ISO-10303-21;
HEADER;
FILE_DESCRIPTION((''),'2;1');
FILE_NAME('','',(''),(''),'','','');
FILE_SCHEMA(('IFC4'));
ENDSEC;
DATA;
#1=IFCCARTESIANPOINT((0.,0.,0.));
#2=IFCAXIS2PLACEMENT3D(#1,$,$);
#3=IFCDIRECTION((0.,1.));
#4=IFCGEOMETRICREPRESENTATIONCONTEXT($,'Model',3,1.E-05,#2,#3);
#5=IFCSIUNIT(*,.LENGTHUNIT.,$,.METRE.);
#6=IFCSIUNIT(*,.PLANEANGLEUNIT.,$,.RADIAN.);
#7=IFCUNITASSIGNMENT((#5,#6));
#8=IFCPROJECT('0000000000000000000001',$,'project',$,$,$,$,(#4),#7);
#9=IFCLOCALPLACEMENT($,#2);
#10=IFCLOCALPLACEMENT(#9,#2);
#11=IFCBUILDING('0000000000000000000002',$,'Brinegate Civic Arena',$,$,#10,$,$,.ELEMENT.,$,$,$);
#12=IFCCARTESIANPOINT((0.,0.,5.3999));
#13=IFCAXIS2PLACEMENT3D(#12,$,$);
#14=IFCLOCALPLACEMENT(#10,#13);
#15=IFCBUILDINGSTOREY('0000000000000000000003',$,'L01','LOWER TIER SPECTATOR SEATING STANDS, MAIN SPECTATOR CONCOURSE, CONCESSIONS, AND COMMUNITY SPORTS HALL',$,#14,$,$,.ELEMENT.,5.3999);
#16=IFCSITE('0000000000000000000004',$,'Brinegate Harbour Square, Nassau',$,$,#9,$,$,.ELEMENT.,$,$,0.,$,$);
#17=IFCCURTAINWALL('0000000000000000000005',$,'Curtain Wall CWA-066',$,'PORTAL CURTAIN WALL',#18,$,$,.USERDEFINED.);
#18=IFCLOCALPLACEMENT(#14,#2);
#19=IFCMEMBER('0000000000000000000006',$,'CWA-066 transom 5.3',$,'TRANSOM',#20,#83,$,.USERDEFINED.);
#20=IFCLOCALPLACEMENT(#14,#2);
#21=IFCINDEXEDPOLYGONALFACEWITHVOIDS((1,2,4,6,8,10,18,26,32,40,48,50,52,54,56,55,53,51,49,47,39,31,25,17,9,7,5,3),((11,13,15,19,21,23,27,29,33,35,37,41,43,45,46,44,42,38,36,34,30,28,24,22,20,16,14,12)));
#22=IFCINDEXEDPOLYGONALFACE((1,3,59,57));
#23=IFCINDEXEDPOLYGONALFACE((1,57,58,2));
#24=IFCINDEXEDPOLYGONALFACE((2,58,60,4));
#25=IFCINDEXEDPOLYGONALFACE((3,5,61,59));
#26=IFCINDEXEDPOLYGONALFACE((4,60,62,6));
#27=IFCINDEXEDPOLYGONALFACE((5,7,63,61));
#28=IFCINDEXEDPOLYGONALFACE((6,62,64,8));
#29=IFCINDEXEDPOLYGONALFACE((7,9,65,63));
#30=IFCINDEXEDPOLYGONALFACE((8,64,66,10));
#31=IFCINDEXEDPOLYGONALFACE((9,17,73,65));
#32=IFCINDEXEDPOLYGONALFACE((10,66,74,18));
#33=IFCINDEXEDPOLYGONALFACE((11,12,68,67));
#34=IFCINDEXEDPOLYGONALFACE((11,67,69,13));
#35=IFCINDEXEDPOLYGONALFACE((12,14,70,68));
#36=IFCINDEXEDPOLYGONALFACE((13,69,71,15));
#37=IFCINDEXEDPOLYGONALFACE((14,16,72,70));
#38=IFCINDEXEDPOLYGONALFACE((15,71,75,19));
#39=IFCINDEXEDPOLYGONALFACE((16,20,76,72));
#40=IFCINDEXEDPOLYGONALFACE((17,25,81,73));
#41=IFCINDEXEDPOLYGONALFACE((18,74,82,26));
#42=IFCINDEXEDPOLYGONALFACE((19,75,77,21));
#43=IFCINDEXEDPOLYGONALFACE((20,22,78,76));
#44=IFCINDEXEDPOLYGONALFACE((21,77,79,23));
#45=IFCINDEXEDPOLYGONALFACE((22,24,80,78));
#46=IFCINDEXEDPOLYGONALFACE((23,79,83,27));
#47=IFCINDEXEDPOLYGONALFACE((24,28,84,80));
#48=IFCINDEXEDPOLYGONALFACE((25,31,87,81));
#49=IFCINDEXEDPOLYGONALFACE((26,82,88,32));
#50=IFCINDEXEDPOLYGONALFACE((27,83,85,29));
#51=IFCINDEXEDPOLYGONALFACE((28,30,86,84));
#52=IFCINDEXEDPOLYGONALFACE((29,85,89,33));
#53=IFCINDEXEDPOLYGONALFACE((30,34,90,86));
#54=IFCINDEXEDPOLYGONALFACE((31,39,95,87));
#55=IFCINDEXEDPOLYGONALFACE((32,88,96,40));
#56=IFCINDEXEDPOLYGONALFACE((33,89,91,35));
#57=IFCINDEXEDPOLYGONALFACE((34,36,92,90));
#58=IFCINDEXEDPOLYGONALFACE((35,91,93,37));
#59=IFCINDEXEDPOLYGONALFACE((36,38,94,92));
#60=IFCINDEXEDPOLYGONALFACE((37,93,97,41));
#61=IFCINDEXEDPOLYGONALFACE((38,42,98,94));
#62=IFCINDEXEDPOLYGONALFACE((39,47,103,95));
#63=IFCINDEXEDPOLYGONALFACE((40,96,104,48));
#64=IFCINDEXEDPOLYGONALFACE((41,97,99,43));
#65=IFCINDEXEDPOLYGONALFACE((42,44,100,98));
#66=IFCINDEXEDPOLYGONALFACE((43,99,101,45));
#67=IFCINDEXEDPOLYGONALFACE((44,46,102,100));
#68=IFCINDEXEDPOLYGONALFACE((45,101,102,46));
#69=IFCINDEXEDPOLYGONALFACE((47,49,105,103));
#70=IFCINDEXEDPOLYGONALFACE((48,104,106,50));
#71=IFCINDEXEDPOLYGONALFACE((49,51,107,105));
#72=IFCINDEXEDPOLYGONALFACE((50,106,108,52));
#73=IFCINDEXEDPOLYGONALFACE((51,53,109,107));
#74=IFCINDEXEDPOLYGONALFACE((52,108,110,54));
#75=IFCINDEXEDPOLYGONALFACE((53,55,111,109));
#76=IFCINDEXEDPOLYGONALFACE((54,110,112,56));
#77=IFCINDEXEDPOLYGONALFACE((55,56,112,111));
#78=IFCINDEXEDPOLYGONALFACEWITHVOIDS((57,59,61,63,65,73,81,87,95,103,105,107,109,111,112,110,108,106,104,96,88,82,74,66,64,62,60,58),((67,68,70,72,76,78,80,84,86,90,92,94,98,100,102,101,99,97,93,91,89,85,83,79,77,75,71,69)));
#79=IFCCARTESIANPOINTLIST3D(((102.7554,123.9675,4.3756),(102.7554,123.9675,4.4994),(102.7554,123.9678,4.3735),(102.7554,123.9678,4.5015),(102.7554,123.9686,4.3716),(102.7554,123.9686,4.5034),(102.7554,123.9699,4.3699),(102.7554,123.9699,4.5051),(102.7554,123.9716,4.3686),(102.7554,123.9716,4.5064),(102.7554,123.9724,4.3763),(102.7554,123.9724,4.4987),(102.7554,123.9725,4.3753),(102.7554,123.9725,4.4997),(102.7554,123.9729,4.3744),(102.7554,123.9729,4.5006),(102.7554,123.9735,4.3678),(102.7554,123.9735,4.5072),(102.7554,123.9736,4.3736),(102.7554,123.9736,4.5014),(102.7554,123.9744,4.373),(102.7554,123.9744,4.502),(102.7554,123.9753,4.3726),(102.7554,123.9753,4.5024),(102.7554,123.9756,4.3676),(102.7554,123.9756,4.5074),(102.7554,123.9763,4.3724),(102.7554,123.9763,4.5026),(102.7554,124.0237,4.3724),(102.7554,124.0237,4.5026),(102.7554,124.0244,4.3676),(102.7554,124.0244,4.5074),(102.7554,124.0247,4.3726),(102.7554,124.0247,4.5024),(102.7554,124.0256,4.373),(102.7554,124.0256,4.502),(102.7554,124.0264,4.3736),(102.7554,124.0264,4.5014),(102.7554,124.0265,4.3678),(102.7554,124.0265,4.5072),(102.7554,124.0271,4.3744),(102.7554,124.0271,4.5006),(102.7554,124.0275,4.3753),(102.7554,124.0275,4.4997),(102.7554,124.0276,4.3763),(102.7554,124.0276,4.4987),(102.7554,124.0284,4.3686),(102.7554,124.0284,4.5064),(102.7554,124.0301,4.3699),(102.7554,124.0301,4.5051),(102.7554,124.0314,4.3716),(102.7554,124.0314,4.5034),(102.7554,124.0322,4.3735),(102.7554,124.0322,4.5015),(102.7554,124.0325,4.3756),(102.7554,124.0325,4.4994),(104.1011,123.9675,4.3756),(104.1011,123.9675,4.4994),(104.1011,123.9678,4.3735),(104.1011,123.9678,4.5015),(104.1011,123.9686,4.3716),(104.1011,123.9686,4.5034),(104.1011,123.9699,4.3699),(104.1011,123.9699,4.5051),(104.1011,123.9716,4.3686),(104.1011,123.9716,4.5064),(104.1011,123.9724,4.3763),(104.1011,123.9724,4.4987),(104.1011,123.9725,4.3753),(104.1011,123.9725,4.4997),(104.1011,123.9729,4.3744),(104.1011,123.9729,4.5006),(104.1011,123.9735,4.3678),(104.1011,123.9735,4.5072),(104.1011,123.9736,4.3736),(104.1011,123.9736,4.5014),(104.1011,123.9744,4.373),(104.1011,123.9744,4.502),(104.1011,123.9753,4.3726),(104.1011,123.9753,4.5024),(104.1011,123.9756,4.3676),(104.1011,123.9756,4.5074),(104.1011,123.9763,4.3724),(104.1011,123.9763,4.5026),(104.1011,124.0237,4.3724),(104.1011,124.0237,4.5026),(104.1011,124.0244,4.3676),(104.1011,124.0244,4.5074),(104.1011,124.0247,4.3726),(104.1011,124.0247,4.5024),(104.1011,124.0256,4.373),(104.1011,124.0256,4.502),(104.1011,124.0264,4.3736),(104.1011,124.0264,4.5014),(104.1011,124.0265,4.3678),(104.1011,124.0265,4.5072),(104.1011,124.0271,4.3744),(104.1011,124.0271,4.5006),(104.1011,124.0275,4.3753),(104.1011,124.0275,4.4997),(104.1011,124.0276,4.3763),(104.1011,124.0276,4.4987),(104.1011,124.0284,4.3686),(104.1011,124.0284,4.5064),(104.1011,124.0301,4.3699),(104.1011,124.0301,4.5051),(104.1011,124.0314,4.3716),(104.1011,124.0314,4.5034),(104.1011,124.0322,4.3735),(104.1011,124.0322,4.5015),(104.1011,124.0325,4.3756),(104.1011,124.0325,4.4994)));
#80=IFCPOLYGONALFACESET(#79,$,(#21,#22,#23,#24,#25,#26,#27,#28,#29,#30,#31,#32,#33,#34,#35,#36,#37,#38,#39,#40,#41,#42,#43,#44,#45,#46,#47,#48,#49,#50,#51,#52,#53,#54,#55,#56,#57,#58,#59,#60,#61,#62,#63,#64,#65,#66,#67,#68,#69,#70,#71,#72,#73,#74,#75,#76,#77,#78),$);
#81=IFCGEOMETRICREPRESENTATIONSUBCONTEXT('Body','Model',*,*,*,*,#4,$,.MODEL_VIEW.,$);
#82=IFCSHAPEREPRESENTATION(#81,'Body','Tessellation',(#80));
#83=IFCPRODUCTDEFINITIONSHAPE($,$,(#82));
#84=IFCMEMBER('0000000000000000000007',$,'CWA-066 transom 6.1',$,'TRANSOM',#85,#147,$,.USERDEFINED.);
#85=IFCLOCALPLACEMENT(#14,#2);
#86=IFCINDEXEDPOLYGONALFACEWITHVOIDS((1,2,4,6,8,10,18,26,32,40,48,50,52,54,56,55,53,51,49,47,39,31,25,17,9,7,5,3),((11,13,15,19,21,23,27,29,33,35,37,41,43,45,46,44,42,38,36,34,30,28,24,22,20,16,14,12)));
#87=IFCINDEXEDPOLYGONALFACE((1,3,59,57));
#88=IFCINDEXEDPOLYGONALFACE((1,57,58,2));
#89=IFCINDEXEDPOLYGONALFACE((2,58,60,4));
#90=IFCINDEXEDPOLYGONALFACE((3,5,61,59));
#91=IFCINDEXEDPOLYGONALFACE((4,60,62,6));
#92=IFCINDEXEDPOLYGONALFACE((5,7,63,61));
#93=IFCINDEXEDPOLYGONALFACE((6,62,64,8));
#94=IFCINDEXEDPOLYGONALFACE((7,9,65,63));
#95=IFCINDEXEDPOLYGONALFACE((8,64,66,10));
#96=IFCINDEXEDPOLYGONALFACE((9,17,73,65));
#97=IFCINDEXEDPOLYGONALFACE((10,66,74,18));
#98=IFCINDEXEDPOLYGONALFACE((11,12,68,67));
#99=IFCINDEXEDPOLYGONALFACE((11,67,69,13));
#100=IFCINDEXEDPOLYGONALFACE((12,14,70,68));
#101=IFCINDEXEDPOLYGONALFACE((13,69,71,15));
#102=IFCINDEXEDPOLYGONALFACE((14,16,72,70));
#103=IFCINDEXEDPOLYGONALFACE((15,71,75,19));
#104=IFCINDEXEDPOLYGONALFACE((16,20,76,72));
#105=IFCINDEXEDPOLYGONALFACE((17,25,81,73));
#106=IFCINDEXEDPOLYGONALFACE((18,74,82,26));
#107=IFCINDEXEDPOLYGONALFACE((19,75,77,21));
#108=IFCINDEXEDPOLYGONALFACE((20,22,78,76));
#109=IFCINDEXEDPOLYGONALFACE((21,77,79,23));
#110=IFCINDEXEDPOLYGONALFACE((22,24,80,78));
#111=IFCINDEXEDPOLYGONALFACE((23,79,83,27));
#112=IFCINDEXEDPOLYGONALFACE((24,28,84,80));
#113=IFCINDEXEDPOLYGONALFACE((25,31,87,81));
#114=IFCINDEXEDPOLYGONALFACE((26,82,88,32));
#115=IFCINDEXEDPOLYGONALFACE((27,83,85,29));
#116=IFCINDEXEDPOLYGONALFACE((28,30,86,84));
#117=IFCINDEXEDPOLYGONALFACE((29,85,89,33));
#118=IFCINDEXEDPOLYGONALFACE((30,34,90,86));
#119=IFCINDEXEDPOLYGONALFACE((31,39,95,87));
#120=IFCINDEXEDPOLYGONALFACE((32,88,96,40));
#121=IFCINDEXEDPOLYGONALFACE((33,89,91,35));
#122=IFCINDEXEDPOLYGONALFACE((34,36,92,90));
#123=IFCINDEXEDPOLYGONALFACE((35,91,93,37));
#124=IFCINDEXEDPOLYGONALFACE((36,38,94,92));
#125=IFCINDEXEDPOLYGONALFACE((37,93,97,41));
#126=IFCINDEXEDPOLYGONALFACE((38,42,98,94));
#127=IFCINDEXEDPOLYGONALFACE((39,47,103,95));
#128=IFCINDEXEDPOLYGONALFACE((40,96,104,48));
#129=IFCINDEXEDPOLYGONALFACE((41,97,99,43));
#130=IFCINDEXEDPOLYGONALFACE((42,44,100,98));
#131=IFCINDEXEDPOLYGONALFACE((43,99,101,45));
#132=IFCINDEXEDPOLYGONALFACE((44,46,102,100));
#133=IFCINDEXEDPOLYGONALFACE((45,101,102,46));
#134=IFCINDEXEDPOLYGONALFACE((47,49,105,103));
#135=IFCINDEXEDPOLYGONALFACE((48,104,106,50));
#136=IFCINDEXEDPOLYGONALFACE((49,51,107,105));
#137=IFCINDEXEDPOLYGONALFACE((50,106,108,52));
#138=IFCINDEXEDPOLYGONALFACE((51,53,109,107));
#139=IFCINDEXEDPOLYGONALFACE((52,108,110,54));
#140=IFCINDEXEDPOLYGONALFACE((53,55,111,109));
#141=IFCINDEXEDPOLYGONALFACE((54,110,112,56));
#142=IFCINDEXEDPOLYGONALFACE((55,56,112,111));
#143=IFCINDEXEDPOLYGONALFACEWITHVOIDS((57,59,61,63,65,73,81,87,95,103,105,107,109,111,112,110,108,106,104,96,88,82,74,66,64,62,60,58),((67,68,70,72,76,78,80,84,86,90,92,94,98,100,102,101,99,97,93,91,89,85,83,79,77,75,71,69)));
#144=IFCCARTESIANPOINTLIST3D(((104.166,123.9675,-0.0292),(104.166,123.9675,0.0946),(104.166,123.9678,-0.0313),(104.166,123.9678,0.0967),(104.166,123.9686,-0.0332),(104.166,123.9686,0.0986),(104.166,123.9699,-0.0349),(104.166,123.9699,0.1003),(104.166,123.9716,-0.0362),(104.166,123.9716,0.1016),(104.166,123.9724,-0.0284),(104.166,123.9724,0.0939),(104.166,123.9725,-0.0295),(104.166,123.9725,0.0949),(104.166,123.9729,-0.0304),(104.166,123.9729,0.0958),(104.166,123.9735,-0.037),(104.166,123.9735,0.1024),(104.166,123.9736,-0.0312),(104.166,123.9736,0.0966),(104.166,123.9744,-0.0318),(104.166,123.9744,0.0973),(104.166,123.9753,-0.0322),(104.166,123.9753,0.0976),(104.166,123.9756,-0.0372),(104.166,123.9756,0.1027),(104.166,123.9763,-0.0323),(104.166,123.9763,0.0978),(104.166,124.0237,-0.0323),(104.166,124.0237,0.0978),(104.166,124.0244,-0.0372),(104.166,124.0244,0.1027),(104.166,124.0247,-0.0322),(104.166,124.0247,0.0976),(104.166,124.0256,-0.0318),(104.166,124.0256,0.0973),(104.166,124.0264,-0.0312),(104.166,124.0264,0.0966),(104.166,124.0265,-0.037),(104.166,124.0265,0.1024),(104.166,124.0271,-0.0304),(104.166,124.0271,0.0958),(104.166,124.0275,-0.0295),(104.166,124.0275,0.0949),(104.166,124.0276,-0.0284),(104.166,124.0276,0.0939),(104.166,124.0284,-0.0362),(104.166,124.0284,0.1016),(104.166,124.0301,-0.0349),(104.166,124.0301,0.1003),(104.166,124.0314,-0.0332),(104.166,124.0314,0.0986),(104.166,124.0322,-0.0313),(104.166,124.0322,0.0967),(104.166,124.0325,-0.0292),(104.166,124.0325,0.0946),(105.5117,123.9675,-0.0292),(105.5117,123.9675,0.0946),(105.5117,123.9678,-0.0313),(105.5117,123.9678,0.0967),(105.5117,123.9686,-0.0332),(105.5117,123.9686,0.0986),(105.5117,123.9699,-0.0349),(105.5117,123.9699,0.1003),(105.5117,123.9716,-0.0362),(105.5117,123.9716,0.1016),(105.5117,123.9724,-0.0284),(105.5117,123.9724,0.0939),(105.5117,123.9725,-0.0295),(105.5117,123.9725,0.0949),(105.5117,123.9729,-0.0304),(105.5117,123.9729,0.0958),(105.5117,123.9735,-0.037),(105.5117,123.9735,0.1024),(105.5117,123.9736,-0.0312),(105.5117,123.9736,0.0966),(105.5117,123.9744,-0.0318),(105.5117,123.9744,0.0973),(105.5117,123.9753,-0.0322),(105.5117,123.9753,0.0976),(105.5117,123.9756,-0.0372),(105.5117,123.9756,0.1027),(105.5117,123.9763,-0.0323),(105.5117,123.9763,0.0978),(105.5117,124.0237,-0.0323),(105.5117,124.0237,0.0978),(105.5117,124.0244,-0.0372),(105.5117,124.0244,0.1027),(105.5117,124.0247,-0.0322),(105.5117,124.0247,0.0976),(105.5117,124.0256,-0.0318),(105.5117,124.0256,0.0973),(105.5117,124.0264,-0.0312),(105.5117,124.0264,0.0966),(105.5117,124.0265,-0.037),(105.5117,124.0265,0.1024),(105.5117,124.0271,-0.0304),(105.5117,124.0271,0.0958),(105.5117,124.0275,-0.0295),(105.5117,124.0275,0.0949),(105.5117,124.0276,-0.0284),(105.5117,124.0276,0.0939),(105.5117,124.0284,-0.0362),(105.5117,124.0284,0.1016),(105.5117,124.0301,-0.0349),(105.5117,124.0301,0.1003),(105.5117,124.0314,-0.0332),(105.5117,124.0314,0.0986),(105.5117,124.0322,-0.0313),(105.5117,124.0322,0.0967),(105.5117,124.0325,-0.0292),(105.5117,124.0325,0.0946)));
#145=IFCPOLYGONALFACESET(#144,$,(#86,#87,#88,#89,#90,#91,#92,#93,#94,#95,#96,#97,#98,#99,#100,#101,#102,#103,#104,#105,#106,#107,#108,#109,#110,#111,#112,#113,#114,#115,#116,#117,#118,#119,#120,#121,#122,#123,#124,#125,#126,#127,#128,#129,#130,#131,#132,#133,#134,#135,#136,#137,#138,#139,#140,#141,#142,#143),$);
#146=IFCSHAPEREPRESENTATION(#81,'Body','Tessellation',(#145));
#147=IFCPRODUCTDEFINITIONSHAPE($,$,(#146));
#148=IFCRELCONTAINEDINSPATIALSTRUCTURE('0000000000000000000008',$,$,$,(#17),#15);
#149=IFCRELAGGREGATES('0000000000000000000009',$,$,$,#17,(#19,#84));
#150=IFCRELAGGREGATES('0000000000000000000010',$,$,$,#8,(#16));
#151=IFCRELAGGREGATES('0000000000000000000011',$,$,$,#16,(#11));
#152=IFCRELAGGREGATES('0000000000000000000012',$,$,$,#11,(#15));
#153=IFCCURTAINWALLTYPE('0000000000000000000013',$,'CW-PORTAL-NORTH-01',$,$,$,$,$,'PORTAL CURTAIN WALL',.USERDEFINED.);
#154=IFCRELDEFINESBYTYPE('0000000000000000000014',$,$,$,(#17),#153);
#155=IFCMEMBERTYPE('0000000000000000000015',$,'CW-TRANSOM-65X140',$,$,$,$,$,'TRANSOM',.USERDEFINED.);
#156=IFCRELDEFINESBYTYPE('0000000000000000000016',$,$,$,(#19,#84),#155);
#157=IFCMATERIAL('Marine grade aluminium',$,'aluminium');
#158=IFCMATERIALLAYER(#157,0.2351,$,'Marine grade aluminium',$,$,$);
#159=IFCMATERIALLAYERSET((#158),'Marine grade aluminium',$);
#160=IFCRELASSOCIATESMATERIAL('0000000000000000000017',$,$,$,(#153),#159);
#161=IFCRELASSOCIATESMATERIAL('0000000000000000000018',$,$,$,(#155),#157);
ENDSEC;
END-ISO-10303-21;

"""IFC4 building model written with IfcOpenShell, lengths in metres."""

from ifc_helpers import new_model, si_unit, direction, frame, origin, origin_2d, place, context, subcontext, project, spatial, hollow_rectangle, extrude, material, layer, layer_set, material_profile, profile_set, type_object, element, aggregate, save


model = new_model("IFC4")

# Units and contexts
model_context = context("Model", 3, precision=1e-05, world=origin(), true_north=direction((0.0, 1.0)))
body_context = subcontext(model_context, "Body", "Model", "MODEL_VIEW")
ifc_project = project(units=[si_unit("LENGTHUNIT", "METRE"), si_unit("PLANEANGLEUNIT", "RADIAN")], contexts=[model_context])

# Site, building, storey
site_placement = place(None, origin())
site = spatial("IfcSite", under=ifc_project, at=site_placement, Name="Brinegate Harbour Square, Nassau", CompositionType="ELEMENT", RefElevation=0.0)
building_placement = place(site_placement, origin())
building = spatial("IfcBuilding", under=site, at=building_placement, Name="Brinegate Civic Arena", CompositionType="ELEMENT")
storey_placement = place(building_placement, frame((0.0, 0.0, 5.3999)))
storey = spatial("IfcBuildingStorey", under=building, at=storey_placement, Name="L01", Description="LOWER TIER SPECTATOR SEATING STANDS, MAIN SPECTATOR CONCOURSE, CONCESSIONS, AND COMMUNITY SPORTS HALL", CompositionType="ELEMENT", Elevation=5.3999)

# Curtain wall, members
ifc_material_1 = material(Name="Marine grade aluminium", Category="aluminium")
ifc_layer_1 = layer(ifc_material_1, 0.2351, Name="Marine grade aluminium")
ifc_layer_set_1 = layer_set([ifc_layer_1], Name="Marine grade aluminium")
curtain_wall_type = type_object("IfcCurtainWallType", Name="CW-PORTAL-NORTH-01", ElementType="PORTAL CURTAIN WALL", PredefinedType="USERDEFINED", material=ifc_layer_set_1)
curtain_wall_placement = place(storey_placement, origin())
curtain_wall = element("IfcCurtainWall", 1, at=curtain_wall_placement, inside=storey, type_object=curtain_wall_type, Name="Curtain Wall CWA-066", ObjectType="PORTAL CURTAIN WALL", PredefinedType="USERDEFINED")
ifc_material_profile_1 = material_profile(ifc_material_1, hollow_rectangle(XDim=0.0649, YDim=0.1399, WallThickness=0.0049, InnerFilletRadius=0.0039, OuterFilletRadius=0.0081, at=origin_2d()), Name="TRN65X140")
ifc_profile_set_1 = profile_set([ifc_material_profile_1], Name="Marine grade aluminium")
member_type_1 = type_object("IfcMemberType", Name="CW-TRANSOM-65X140", ElementType="TRANSOM", PredefinedType="USERDEFINED", material=ifc_profile_set_1)
member_1_placement = place(storey_placement, frame((102.7554, 124.0, 4.4375), z_axis=(1.0, 0.0, 0.0), x_axis=(0.0, 1.0, 0.0)))
member_1 = element("IfcMember", 2, at=member_1_placement, type_object=member_type_1, Name="CWA-066 transom 5.3", ObjectType="TRANSOM", PredefinedType="USERDEFINED", context=body_context, shape_type="SweptSolid", body=[
    extrude(hollow_rectangle(XDim=0.0649, YDim=0.1399, WallThickness=0.0049, InnerFilletRadius=0.0039, OuterFilletRadius=0.0081, at=origin_2d()), origin(), (0.0, 0.0, 1.0), 1.3457),
])
member_2_placement = place(storey_placement, frame((104.166, 124.0, 0.0327), z_axis=(1.0, 0.0, 0.0), x_axis=(0.0, 1.0, 0.0)))
member_2 = element("IfcMember", 3, at=member_2_placement, type_object=member_type_1, Name="CWA-066 transom 6.1", ObjectType="TRANSOM", PredefinedType="USERDEFINED", context=body_context, shape_type="SweptSolid", body=[
    extrude(hollow_rectangle(XDim=0.0649, YDim=0.1399, WallThickness=0.0049, InnerFilletRadius=0.0039, OuterFilletRadius=0.0081, at=origin_2d()), origin(), (0.0, 0.0, 1.0), 1.3457),
])
aggregate(curtain_wall, [member_1, member_2])

save(model, "model.ifc")
